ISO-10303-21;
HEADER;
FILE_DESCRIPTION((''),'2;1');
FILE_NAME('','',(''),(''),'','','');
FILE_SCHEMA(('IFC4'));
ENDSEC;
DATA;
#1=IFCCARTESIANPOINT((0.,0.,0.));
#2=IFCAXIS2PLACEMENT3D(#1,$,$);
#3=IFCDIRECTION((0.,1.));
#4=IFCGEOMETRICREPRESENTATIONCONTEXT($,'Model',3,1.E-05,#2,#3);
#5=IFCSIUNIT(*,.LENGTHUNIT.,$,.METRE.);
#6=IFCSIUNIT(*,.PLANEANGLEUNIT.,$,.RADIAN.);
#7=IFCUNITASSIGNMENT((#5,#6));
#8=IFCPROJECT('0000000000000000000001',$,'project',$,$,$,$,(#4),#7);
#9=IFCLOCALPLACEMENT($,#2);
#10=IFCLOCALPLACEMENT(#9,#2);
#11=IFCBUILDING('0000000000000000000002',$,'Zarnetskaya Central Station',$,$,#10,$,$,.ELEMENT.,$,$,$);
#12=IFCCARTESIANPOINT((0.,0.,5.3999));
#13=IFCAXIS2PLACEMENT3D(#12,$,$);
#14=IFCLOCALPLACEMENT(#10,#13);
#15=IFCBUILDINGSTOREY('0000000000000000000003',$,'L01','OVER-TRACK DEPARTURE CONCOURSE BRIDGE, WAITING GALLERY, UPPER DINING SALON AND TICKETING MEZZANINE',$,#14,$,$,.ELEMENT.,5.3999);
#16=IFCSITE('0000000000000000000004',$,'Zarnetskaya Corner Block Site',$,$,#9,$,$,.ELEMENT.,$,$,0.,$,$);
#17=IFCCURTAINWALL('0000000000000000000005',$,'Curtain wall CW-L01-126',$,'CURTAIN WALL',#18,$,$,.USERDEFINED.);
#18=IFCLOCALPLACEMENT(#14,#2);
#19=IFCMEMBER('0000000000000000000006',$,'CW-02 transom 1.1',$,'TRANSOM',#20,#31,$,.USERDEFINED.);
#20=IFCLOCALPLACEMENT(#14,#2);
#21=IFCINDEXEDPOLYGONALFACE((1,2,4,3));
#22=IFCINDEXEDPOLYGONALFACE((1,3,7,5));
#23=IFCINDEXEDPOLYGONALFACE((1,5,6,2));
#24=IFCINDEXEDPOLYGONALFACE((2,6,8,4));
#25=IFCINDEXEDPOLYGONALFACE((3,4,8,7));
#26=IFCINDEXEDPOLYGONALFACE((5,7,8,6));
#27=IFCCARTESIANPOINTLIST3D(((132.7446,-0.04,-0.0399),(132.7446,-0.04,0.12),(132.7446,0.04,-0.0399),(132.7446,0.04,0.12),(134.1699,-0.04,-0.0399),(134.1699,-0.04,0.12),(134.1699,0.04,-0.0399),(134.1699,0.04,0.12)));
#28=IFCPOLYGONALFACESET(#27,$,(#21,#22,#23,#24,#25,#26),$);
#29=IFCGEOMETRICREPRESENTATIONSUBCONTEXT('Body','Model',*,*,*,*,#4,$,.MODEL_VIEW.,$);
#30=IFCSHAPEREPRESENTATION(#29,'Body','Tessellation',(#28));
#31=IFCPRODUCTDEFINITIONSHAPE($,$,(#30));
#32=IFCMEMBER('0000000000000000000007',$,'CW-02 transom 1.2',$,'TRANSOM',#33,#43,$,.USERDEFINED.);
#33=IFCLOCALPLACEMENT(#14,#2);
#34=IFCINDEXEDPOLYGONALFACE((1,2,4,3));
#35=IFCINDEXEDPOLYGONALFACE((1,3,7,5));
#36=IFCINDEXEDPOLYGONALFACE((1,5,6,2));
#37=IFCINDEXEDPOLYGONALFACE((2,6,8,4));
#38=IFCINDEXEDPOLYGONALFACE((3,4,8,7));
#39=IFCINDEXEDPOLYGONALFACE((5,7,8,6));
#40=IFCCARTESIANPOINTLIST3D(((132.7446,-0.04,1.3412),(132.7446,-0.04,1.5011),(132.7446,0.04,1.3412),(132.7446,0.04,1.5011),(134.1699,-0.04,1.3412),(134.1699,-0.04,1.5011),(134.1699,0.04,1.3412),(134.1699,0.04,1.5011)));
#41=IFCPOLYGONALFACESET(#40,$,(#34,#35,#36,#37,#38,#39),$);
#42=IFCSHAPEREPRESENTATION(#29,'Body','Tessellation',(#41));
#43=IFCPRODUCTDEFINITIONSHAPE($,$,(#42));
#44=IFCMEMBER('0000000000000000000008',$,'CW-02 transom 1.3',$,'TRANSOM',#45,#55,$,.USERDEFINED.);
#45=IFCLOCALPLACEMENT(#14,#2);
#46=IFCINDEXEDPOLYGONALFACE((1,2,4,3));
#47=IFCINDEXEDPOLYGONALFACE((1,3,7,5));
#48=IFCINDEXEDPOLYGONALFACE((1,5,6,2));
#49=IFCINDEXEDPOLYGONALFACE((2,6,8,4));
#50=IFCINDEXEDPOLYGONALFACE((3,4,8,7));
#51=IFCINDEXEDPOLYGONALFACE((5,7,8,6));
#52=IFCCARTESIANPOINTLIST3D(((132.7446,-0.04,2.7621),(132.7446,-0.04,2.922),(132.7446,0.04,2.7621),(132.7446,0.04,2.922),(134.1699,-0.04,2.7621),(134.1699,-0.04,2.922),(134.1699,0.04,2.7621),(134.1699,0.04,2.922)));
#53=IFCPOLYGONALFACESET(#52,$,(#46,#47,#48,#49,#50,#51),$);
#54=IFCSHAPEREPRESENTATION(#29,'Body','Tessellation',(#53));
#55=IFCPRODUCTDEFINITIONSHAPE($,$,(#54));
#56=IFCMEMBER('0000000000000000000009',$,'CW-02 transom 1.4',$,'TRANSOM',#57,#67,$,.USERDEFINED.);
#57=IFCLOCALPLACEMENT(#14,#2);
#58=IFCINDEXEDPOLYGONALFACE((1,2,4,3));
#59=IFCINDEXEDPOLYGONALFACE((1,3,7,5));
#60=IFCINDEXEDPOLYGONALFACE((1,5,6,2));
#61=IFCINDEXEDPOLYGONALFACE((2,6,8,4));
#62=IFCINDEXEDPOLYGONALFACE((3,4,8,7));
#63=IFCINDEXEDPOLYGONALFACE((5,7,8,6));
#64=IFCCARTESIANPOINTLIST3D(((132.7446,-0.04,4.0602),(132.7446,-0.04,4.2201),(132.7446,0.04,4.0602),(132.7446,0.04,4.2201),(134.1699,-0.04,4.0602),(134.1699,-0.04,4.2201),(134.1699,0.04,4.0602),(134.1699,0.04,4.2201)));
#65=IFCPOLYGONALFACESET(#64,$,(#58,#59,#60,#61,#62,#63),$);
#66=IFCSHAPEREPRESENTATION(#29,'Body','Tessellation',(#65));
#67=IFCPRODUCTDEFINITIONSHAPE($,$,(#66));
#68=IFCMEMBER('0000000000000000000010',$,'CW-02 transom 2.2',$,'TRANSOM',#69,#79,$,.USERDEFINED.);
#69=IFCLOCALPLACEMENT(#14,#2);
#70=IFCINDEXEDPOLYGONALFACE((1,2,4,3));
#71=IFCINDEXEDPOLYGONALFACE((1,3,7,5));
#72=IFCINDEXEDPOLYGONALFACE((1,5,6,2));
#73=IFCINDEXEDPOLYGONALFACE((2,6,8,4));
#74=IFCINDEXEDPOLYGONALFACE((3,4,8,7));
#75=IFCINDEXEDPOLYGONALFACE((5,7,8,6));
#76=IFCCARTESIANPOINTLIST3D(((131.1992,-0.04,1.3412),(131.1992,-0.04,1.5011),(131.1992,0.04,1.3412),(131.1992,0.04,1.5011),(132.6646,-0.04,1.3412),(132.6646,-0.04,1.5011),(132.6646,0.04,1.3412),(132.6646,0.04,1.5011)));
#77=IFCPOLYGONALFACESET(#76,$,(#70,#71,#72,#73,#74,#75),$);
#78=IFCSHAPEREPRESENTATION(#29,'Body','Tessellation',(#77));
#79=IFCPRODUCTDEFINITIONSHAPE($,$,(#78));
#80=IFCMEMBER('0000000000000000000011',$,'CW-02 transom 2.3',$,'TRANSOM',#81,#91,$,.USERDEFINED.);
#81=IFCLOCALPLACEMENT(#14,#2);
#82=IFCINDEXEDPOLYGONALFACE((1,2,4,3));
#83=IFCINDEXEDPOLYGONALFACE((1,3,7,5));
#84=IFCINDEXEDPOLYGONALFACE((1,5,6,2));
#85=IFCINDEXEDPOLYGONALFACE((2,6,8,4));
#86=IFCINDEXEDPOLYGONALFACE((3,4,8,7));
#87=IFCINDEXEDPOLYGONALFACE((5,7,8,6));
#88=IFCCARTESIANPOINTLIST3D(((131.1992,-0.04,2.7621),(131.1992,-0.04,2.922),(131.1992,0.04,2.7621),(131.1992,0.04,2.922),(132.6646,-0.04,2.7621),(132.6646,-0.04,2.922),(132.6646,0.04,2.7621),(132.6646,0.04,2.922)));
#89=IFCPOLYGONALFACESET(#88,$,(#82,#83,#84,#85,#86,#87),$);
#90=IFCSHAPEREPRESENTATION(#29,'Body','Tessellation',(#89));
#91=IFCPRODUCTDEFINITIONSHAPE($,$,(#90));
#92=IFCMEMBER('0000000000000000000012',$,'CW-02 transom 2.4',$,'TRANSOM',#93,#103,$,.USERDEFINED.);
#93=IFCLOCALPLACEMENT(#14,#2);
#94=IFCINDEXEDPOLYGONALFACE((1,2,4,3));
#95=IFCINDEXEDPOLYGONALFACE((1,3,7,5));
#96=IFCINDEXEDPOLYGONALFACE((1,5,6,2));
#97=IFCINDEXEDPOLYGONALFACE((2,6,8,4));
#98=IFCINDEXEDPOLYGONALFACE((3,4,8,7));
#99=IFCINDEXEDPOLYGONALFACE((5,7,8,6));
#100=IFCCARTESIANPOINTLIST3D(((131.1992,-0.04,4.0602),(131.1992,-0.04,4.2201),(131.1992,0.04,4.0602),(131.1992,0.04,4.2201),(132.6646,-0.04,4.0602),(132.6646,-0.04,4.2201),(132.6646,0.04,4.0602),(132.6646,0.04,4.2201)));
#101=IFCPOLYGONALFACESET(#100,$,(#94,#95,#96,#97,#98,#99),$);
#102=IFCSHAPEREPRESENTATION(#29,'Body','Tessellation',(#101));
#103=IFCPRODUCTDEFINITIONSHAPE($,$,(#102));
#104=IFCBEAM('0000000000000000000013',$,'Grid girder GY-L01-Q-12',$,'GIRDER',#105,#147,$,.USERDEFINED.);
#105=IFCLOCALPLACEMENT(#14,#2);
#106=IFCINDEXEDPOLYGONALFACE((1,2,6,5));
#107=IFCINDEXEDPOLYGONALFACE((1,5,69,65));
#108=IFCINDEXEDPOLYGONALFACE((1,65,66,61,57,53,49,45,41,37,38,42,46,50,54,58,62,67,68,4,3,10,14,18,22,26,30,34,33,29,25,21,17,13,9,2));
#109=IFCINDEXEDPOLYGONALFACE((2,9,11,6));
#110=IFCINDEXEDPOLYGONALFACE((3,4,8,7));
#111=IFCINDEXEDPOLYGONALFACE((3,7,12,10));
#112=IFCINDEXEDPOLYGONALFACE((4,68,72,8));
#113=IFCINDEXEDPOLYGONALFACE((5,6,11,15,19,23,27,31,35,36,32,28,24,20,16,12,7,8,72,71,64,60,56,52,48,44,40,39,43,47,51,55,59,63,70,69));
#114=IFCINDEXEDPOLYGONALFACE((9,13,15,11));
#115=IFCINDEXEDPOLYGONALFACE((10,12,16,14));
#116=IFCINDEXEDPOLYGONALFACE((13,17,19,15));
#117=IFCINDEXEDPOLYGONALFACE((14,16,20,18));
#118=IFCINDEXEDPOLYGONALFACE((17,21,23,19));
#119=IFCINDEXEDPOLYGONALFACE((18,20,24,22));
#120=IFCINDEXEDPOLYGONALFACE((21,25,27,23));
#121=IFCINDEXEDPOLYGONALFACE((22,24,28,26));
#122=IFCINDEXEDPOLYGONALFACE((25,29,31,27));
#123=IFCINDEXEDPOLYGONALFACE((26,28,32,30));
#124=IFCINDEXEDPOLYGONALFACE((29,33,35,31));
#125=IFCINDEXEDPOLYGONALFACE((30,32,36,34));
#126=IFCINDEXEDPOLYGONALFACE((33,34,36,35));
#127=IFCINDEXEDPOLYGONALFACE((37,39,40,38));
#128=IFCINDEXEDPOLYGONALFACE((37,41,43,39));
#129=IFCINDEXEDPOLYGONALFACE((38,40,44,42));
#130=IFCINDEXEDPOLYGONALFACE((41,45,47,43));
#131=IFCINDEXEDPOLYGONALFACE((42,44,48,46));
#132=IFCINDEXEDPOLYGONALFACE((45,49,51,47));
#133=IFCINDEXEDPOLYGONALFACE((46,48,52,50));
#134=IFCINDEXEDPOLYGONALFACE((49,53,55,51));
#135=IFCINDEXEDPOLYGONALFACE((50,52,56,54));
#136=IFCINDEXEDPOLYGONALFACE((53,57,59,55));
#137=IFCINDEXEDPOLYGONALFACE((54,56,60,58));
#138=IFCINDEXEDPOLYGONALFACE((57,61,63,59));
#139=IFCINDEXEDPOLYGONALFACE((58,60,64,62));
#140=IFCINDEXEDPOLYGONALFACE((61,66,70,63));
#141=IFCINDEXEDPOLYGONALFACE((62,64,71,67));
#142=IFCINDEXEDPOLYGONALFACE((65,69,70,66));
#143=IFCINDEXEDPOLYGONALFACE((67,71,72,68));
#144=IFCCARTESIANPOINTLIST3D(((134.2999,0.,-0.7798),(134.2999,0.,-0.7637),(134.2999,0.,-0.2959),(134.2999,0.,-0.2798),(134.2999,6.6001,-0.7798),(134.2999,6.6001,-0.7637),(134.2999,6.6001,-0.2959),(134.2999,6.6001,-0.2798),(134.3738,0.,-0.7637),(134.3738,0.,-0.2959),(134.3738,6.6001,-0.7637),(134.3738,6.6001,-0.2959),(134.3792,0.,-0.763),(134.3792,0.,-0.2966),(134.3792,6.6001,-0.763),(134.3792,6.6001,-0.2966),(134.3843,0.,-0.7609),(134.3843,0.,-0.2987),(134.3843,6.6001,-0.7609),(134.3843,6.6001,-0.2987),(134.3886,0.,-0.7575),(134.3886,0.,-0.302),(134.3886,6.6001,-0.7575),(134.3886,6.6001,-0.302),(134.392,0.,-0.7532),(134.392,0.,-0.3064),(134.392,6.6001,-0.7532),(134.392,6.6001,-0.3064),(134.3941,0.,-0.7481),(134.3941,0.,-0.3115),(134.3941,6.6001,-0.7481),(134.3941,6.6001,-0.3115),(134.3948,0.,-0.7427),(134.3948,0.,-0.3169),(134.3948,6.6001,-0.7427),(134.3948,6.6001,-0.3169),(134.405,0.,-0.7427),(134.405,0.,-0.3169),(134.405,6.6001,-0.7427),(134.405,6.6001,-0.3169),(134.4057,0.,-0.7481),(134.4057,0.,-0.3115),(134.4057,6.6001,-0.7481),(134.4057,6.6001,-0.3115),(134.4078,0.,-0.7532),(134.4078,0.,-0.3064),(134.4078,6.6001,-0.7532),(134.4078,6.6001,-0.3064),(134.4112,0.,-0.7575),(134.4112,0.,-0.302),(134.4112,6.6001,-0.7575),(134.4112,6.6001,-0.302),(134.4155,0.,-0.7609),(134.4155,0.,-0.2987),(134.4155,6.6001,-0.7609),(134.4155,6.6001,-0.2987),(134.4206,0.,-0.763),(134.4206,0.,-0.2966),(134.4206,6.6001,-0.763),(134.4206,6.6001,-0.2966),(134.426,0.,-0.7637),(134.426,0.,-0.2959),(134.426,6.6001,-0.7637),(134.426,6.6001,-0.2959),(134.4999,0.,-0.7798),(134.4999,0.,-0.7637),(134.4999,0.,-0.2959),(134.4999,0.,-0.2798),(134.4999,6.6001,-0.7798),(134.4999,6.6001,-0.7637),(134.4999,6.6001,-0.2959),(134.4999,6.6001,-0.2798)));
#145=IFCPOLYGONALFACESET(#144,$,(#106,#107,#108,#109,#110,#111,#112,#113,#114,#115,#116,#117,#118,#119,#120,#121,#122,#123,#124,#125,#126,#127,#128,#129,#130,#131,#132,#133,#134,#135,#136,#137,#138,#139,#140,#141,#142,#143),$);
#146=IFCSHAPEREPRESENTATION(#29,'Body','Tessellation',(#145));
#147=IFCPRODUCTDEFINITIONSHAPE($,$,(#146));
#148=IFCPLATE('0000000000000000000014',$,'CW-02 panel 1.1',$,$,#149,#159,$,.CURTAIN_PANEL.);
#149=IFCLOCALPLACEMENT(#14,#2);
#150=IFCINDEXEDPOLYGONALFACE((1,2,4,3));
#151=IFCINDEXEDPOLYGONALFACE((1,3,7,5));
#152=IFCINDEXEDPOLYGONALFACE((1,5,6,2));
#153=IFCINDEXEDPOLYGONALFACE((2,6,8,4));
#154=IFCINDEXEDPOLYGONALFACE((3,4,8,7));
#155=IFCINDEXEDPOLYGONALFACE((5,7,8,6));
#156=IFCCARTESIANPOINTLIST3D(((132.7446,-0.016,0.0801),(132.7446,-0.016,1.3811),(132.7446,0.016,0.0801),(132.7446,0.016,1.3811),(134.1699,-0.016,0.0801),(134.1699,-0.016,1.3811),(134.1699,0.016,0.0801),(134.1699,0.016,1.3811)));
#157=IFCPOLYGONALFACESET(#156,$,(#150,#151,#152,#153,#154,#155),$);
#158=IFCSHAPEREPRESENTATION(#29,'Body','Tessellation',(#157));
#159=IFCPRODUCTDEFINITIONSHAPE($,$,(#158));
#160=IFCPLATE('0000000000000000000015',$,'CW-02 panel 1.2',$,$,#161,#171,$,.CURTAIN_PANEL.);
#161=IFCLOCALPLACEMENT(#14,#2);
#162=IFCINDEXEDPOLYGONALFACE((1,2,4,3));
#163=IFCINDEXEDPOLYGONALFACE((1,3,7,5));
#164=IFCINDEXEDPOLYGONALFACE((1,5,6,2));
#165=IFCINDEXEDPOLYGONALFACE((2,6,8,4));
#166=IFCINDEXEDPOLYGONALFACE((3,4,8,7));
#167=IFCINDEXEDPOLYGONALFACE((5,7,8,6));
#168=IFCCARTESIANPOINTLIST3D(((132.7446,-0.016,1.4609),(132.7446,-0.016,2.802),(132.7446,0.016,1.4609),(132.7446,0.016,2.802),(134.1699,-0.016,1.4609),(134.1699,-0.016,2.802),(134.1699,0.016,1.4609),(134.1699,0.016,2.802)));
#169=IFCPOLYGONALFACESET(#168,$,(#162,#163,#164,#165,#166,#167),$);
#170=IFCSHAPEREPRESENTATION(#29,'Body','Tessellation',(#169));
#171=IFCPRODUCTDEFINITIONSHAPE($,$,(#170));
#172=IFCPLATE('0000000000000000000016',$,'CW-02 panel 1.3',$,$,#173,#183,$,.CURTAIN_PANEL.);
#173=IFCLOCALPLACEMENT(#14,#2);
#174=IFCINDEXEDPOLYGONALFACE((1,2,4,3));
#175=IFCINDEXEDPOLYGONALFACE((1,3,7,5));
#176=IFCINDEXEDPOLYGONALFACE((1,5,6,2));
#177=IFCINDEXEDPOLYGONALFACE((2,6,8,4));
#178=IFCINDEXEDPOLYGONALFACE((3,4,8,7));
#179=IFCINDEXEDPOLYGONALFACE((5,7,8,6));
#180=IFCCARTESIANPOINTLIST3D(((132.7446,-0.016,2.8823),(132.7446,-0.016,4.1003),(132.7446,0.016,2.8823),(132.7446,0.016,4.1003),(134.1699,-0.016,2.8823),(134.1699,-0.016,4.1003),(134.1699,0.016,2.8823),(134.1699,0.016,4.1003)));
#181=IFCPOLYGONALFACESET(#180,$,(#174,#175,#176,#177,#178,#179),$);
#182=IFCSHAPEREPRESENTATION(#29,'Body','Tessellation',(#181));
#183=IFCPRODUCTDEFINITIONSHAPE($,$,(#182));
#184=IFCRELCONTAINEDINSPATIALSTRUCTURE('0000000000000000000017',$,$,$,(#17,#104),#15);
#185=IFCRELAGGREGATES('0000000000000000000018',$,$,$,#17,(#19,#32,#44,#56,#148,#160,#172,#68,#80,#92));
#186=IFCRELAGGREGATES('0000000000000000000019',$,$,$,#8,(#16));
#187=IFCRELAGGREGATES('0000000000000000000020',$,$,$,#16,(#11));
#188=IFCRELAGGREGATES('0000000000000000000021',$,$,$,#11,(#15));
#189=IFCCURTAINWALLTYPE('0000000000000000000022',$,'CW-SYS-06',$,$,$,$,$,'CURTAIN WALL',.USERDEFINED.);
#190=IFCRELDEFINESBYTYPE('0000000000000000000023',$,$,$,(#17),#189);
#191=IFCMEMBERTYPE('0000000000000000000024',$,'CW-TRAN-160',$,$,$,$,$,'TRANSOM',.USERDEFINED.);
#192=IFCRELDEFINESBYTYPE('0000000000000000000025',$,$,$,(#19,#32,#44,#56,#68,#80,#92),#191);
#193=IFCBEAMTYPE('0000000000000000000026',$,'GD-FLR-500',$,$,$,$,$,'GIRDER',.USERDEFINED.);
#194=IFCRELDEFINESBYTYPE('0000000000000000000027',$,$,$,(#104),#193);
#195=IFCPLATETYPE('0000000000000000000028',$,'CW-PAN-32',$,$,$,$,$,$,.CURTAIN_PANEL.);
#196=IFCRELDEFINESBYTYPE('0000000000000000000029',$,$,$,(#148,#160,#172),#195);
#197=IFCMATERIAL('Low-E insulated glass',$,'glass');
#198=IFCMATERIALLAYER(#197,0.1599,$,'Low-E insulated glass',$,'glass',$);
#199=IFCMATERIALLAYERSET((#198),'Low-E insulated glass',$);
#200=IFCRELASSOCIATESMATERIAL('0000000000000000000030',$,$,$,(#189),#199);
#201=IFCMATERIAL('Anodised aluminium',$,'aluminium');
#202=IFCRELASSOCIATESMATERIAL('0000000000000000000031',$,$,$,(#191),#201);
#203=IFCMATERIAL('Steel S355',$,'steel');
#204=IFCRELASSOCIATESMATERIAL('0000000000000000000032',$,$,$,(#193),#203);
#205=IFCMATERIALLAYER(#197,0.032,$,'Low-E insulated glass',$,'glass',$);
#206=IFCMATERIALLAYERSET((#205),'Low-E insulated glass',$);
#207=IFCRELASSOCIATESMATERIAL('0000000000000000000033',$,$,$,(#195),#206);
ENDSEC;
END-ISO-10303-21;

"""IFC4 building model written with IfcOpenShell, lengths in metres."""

from ifc_helpers import new_model, si_unit, direction, frame, origin, origin_2d, place, context, subcontext, project, spatial, rectangle, i_section, extrude, material, layer, layer_set, material_profile, profile_set, type_object, element, aggregate, save


model = new_model("IFC4")

# Units and contexts
model_context = context("Model", 3, precision=1e-05, world=origin(), true_north=direction((0.0, 1.0)))
body_context = subcontext(model_context, "Body", "Model", "MODEL_VIEW")
ifc_project = project(units=[si_unit("LENGTHUNIT", "METRE"), si_unit("PLANEANGLEUNIT", "RADIAN")], contexts=[model_context])

# Site, building, storey
site_placement = place(None, origin())
site = spatial("IfcSite", under=ifc_project, at=site_placement, Name="Zarnetskaya Corner Block Site", CompositionType="ELEMENT", RefElevation=0.0)
building_placement = place(site_placement, origin())
building = spatial("IfcBuilding", under=site, at=building_placement, Name="Zarnetskaya Central Station", CompositionType="ELEMENT")
storey_placement = place(building_placement, frame((0.0, 0.0, 5.3999)))
storey = spatial("IfcBuildingStorey", under=building, at=storey_placement, Name="L01", Description="OVER-TRACK DEPARTURE CONCOURSE BRIDGE, WAITING GALLERY, UPPER DINING SALON AND TICKETING MEZZANINE", CompositionType="ELEMENT", Elevation=5.3999)

# Shared definitions
ifc_material_1 = material(Name="Steel S355", Category="steel")

# Shared definitions
ifc_material_2 = material(Name="Low-E insulated glass", Category="glass")
ifc_layer_1 = layer(ifc_material_2, 0.1599, Name="Low-E insulated glass", Category="glass")
ifc_layer_set_1 = layer_set([ifc_layer_1], Name="Low-E insulated glass")
curtain_wall_type = type_object("IfcCurtainWallType", Name="CW-SYS-06", ElementType="CURTAIN WALL", PredefinedType="USERDEFINED", material=ifc_layer_set_1)
ifc_material_3 = material(Name="Anodised aluminium", Category="aluminium")

# Curtain wall, members
curtain_wall_1_placement = place(storey_placement, origin())
curtain_wall_1 = element("IfcCurtainWall", 1, at=curtain_wall_1_placement, inside=storey, type_object=curtain_wall_type, Name="Curtain wall CW-L01-126", ObjectType="CURTAIN WALL", PredefinedType="USERDEFINED")
ifc_material_profile_1 = material_profile(ifc_material_3, rectangle(XDim=0.0801, YDim=0.1599, at=origin_2d()), Name="ALU TRAN 80x160")
ifc_profile_set_1 = profile_set([ifc_material_profile_1], Name="Anodised aluminium")
member_type_1 = type_object("IfcMemberType", Name="CW-TRAN-160", ElementType="TRANSOM", PredefinedType="USERDEFINED", material=ifc_profile_set_1)
member_1_placement = place(storey_placement, frame((134.1699, 0.0, 0.04), z_axis=(-1.0, 0.0, 0.0), x_axis=(0.0, -1.0, 0.0)))
member_1 = element("IfcMember", 2, at=member_1_placement, type_object=member_type_1, Name="CW-02 transom 1.1", ObjectType="TRANSOM", PredefinedType="USERDEFINED", context=body_context, shape_type="SweptSolid", body=[
    extrude(rectangle(XDim=0.0801, YDim=0.1599, at=origin_2d()), origin(), (0.0, 0.0, 1.0), 1.4253),
])
member_2_placement = place(storey_placement, frame((134.1699, 0.0, 1.4211), z_axis=(-1.0, 0.0, 0.0), x_axis=(0.0, -1.0, 0.0)))
member_2 = element("IfcMember", 3, at=member_2_placement, type_object=member_type_1, Name="CW-02 transom 1.2", ObjectType="TRANSOM", PredefinedType="USERDEFINED", context=body_context, shape_type="SweptSolid", body=[
    extrude(rectangle(XDim=0.0801, YDim=0.1599, at=origin_2d()), origin(), (0.0, 0.0, 1.0), 1.4253),
])
member_3_placement = place(storey_placement, frame((134.1699, 0.0, 2.842), z_axis=(-1.0, 0.0, 0.0), x_axis=(0.0, -1.0, 0.0)))
member_3 = element("IfcMember", 4, at=member_3_placement, type_object=member_type_1, Name="CW-02 transom 1.3", ObjectType="TRANSOM", PredefinedType="USERDEFINED", context=body_context, shape_type="SweptSolid", body=[
    extrude(rectangle(XDim=0.0801, YDim=0.1599, at=origin_2d()), origin(), (0.0, 0.0, 1.0), 1.4253),
])
member_4_placement = place(storey_placement, frame((134.1699, 0.0, 4.1401), z_axis=(-1.0, 0.0, 0.0), x_axis=(0.0, -1.0, 0.0)))
member_4 = element("IfcMember", 5, at=member_4_placement, type_object=member_type_1, Name="CW-02 transom 1.4", ObjectType="TRANSOM", PredefinedType="USERDEFINED", context=body_context, shape_type="SweptSolid", body=[
    extrude(rectangle(XDim=0.0801, YDim=0.1599, at=origin_2d()), origin(), (0.0, 0.0, 1.0), 1.4253),
])
member_5_placement = place(storey_placement, frame((132.6646, 0.0, 1.4211), z_axis=(-1.0, 0.0, 0.0), x_axis=(0.0, -1.0, 0.0)))
member_5 = element("IfcMember", 6, at=member_5_placement, type_object=member_type_1, Name="CW-02 transom 2.2", ObjectType="TRANSOM", PredefinedType="USERDEFINED", context=body_context, shape_type="SweptSolid", body=[
    extrude(rectangle(XDim=0.0801, YDim=0.1599, at=origin_2d()), origin(), (0.0, 0.0, 1.0), 1.4653),
])
member_6_placement = place(storey_placement, frame((132.6646, 0.0, 2.842), z_axis=(-1.0, 0.0, 0.0), x_axis=(0.0, -1.0, 0.0)))
member_6 = element("IfcMember", 7, at=member_6_placement, type_object=member_type_1, Name="CW-02 transom 2.3", ObjectType="TRANSOM", PredefinedType="USERDEFINED", context=body_context, shape_type="SweptSolid", body=[
    extrude(rectangle(XDim=0.0801, YDim=0.1599, at=origin_2d()), origin(), (0.0, 0.0, 1.0), 1.4653),
])
member_7_placement = place(storey_placement, frame((132.6646, 0.0, 4.1401), z_axis=(-1.0, 0.0, 0.0), x_axis=(0.0, -1.0, 0.0)))
member_7 = element("IfcMember", 8, at=member_7_placement, type_object=member_type_1, Name="CW-02 transom 2.4", ObjectType="TRANSOM", PredefinedType="USERDEFINED", context=body_context, shape_type="SweptSolid", body=[
    extrude(rectangle(XDim=0.0801, YDim=0.1599, at=origin_2d()), origin(), (0.0, 0.0, 1.0), 1.4653),
])

# Beam
ifc_material_profile_2 = material_profile(ifc_material_1, i_section(OverallWidth=0.2, OverallDepth=0.5, WebThickness=0.0103, FlangeThickness=0.0161, FilletRadius=0.021, at=origin_2d()), Name="IPE 500")
ifc_profile_set_2 = profile_set([ifc_material_profile_2], Name="Steel S355")
beam_type_1 = type_object("IfcBeamType", Name="GD-FLR-500", ElementType="GIRDER", PredefinedType="USERDEFINED", material=ifc_profile_set_2)
beam_1_placement = place(storey_placement, frame((134.3999, 0.0, -0.5298), z_axis=(0.0, 1.0, 0.0), x_axis=(-1.0, 0.0, 0.0)))
element("IfcBeam", 9, at=beam_1_placement, inside=storey, type_object=beam_type_1, Name="Grid girder GY-L01-Q-12", ObjectType="GIRDER", PredefinedType="USERDEFINED", context=body_context, shape_type="SweptSolid", body=[
    extrude(i_section(OverallWidth=0.2, OverallDepth=0.5, WebThickness=0.0103, FlangeThickness=0.0161, FilletRadius=0.021, at=origin_2d()), origin(), (0.0, 0.0, 1.0), 6.6001),
])

# Plates
ifc_layer_2 = layer(ifc_material_2, 0.032, Name="Low-E insulated glass", Category="glass")
ifc_layer_set_2 = layer_set([ifc_layer_2], Name="Low-E insulated glass")
plate_type = type_object("IfcPlateType", Name="CW-PAN-32", PredefinedType="CURTAIN_PANEL", material=ifc_layer_set_2)
plate_1_placement = place(storey_placement, frame((133.4573, 0.0, 0.0801), z_axis=(0.0, 0.0, 1.0), x_axis=(-1.0, 0.0, 0.0)))
plate_1 = element("IfcPlate", 10, at=plate_1_placement, type_object=plate_type, Name="CW-02 panel 1.1", PredefinedType="CURTAIN_PANEL", context=body_context, shape_type="SweptSolid", body=[
    extrude(rectangle(XDim=1.4253, YDim=0.032, at=origin_2d()), origin(), (0.0, 0.0, 1.0), 1.301),
])
plate_2_placement = place(storey_placement, frame((133.4573, 0.0, 1.4609), z_axis=(0.0, 0.0, 1.0), x_axis=(-1.0, 0.0, 0.0)))
plate_2 = element("IfcPlate", 11, at=plate_2_placement, type_object=plate_type, Name="CW-02 panel 1.2", PredefinedType="CURTAIN_PANEL", context=body_context, shape_type="SweptSolid", body=[
    extrude(rectangle(XDim=1.4253, YDim=0.032, at=origin_2d()), origin(), (0.0, 0.0, 1.0), 1.3411),
])
plate_3_placement = place(storey_placement, frame((133.4573, 0.0, 2.8823), z_axis=(0.0, 0.0, 1.0), x_axis=(-1.0, 0.0, 0.0)))
plate_3 = element("IfcPlate", 12, at=plate_3_placement, type_object=plate_type, Name="CW-02 panel 1.3", PredefinedType="CURTAIN_PANEL", context=body_context, shape_type="SweptSolid", body=[
    extrude(rectangle(XDim=1.4253, YDim=0.032, at=origin_2d()), origin(), (0.0, 0.0, 1.0), 1.218),
])
aggregate(curtain_wall_1, [member_1, member_2, member_3, member_4, plate_1, plate_2, plate_3, member_5, member_6, member_7])

save(model, "model.ifc")
